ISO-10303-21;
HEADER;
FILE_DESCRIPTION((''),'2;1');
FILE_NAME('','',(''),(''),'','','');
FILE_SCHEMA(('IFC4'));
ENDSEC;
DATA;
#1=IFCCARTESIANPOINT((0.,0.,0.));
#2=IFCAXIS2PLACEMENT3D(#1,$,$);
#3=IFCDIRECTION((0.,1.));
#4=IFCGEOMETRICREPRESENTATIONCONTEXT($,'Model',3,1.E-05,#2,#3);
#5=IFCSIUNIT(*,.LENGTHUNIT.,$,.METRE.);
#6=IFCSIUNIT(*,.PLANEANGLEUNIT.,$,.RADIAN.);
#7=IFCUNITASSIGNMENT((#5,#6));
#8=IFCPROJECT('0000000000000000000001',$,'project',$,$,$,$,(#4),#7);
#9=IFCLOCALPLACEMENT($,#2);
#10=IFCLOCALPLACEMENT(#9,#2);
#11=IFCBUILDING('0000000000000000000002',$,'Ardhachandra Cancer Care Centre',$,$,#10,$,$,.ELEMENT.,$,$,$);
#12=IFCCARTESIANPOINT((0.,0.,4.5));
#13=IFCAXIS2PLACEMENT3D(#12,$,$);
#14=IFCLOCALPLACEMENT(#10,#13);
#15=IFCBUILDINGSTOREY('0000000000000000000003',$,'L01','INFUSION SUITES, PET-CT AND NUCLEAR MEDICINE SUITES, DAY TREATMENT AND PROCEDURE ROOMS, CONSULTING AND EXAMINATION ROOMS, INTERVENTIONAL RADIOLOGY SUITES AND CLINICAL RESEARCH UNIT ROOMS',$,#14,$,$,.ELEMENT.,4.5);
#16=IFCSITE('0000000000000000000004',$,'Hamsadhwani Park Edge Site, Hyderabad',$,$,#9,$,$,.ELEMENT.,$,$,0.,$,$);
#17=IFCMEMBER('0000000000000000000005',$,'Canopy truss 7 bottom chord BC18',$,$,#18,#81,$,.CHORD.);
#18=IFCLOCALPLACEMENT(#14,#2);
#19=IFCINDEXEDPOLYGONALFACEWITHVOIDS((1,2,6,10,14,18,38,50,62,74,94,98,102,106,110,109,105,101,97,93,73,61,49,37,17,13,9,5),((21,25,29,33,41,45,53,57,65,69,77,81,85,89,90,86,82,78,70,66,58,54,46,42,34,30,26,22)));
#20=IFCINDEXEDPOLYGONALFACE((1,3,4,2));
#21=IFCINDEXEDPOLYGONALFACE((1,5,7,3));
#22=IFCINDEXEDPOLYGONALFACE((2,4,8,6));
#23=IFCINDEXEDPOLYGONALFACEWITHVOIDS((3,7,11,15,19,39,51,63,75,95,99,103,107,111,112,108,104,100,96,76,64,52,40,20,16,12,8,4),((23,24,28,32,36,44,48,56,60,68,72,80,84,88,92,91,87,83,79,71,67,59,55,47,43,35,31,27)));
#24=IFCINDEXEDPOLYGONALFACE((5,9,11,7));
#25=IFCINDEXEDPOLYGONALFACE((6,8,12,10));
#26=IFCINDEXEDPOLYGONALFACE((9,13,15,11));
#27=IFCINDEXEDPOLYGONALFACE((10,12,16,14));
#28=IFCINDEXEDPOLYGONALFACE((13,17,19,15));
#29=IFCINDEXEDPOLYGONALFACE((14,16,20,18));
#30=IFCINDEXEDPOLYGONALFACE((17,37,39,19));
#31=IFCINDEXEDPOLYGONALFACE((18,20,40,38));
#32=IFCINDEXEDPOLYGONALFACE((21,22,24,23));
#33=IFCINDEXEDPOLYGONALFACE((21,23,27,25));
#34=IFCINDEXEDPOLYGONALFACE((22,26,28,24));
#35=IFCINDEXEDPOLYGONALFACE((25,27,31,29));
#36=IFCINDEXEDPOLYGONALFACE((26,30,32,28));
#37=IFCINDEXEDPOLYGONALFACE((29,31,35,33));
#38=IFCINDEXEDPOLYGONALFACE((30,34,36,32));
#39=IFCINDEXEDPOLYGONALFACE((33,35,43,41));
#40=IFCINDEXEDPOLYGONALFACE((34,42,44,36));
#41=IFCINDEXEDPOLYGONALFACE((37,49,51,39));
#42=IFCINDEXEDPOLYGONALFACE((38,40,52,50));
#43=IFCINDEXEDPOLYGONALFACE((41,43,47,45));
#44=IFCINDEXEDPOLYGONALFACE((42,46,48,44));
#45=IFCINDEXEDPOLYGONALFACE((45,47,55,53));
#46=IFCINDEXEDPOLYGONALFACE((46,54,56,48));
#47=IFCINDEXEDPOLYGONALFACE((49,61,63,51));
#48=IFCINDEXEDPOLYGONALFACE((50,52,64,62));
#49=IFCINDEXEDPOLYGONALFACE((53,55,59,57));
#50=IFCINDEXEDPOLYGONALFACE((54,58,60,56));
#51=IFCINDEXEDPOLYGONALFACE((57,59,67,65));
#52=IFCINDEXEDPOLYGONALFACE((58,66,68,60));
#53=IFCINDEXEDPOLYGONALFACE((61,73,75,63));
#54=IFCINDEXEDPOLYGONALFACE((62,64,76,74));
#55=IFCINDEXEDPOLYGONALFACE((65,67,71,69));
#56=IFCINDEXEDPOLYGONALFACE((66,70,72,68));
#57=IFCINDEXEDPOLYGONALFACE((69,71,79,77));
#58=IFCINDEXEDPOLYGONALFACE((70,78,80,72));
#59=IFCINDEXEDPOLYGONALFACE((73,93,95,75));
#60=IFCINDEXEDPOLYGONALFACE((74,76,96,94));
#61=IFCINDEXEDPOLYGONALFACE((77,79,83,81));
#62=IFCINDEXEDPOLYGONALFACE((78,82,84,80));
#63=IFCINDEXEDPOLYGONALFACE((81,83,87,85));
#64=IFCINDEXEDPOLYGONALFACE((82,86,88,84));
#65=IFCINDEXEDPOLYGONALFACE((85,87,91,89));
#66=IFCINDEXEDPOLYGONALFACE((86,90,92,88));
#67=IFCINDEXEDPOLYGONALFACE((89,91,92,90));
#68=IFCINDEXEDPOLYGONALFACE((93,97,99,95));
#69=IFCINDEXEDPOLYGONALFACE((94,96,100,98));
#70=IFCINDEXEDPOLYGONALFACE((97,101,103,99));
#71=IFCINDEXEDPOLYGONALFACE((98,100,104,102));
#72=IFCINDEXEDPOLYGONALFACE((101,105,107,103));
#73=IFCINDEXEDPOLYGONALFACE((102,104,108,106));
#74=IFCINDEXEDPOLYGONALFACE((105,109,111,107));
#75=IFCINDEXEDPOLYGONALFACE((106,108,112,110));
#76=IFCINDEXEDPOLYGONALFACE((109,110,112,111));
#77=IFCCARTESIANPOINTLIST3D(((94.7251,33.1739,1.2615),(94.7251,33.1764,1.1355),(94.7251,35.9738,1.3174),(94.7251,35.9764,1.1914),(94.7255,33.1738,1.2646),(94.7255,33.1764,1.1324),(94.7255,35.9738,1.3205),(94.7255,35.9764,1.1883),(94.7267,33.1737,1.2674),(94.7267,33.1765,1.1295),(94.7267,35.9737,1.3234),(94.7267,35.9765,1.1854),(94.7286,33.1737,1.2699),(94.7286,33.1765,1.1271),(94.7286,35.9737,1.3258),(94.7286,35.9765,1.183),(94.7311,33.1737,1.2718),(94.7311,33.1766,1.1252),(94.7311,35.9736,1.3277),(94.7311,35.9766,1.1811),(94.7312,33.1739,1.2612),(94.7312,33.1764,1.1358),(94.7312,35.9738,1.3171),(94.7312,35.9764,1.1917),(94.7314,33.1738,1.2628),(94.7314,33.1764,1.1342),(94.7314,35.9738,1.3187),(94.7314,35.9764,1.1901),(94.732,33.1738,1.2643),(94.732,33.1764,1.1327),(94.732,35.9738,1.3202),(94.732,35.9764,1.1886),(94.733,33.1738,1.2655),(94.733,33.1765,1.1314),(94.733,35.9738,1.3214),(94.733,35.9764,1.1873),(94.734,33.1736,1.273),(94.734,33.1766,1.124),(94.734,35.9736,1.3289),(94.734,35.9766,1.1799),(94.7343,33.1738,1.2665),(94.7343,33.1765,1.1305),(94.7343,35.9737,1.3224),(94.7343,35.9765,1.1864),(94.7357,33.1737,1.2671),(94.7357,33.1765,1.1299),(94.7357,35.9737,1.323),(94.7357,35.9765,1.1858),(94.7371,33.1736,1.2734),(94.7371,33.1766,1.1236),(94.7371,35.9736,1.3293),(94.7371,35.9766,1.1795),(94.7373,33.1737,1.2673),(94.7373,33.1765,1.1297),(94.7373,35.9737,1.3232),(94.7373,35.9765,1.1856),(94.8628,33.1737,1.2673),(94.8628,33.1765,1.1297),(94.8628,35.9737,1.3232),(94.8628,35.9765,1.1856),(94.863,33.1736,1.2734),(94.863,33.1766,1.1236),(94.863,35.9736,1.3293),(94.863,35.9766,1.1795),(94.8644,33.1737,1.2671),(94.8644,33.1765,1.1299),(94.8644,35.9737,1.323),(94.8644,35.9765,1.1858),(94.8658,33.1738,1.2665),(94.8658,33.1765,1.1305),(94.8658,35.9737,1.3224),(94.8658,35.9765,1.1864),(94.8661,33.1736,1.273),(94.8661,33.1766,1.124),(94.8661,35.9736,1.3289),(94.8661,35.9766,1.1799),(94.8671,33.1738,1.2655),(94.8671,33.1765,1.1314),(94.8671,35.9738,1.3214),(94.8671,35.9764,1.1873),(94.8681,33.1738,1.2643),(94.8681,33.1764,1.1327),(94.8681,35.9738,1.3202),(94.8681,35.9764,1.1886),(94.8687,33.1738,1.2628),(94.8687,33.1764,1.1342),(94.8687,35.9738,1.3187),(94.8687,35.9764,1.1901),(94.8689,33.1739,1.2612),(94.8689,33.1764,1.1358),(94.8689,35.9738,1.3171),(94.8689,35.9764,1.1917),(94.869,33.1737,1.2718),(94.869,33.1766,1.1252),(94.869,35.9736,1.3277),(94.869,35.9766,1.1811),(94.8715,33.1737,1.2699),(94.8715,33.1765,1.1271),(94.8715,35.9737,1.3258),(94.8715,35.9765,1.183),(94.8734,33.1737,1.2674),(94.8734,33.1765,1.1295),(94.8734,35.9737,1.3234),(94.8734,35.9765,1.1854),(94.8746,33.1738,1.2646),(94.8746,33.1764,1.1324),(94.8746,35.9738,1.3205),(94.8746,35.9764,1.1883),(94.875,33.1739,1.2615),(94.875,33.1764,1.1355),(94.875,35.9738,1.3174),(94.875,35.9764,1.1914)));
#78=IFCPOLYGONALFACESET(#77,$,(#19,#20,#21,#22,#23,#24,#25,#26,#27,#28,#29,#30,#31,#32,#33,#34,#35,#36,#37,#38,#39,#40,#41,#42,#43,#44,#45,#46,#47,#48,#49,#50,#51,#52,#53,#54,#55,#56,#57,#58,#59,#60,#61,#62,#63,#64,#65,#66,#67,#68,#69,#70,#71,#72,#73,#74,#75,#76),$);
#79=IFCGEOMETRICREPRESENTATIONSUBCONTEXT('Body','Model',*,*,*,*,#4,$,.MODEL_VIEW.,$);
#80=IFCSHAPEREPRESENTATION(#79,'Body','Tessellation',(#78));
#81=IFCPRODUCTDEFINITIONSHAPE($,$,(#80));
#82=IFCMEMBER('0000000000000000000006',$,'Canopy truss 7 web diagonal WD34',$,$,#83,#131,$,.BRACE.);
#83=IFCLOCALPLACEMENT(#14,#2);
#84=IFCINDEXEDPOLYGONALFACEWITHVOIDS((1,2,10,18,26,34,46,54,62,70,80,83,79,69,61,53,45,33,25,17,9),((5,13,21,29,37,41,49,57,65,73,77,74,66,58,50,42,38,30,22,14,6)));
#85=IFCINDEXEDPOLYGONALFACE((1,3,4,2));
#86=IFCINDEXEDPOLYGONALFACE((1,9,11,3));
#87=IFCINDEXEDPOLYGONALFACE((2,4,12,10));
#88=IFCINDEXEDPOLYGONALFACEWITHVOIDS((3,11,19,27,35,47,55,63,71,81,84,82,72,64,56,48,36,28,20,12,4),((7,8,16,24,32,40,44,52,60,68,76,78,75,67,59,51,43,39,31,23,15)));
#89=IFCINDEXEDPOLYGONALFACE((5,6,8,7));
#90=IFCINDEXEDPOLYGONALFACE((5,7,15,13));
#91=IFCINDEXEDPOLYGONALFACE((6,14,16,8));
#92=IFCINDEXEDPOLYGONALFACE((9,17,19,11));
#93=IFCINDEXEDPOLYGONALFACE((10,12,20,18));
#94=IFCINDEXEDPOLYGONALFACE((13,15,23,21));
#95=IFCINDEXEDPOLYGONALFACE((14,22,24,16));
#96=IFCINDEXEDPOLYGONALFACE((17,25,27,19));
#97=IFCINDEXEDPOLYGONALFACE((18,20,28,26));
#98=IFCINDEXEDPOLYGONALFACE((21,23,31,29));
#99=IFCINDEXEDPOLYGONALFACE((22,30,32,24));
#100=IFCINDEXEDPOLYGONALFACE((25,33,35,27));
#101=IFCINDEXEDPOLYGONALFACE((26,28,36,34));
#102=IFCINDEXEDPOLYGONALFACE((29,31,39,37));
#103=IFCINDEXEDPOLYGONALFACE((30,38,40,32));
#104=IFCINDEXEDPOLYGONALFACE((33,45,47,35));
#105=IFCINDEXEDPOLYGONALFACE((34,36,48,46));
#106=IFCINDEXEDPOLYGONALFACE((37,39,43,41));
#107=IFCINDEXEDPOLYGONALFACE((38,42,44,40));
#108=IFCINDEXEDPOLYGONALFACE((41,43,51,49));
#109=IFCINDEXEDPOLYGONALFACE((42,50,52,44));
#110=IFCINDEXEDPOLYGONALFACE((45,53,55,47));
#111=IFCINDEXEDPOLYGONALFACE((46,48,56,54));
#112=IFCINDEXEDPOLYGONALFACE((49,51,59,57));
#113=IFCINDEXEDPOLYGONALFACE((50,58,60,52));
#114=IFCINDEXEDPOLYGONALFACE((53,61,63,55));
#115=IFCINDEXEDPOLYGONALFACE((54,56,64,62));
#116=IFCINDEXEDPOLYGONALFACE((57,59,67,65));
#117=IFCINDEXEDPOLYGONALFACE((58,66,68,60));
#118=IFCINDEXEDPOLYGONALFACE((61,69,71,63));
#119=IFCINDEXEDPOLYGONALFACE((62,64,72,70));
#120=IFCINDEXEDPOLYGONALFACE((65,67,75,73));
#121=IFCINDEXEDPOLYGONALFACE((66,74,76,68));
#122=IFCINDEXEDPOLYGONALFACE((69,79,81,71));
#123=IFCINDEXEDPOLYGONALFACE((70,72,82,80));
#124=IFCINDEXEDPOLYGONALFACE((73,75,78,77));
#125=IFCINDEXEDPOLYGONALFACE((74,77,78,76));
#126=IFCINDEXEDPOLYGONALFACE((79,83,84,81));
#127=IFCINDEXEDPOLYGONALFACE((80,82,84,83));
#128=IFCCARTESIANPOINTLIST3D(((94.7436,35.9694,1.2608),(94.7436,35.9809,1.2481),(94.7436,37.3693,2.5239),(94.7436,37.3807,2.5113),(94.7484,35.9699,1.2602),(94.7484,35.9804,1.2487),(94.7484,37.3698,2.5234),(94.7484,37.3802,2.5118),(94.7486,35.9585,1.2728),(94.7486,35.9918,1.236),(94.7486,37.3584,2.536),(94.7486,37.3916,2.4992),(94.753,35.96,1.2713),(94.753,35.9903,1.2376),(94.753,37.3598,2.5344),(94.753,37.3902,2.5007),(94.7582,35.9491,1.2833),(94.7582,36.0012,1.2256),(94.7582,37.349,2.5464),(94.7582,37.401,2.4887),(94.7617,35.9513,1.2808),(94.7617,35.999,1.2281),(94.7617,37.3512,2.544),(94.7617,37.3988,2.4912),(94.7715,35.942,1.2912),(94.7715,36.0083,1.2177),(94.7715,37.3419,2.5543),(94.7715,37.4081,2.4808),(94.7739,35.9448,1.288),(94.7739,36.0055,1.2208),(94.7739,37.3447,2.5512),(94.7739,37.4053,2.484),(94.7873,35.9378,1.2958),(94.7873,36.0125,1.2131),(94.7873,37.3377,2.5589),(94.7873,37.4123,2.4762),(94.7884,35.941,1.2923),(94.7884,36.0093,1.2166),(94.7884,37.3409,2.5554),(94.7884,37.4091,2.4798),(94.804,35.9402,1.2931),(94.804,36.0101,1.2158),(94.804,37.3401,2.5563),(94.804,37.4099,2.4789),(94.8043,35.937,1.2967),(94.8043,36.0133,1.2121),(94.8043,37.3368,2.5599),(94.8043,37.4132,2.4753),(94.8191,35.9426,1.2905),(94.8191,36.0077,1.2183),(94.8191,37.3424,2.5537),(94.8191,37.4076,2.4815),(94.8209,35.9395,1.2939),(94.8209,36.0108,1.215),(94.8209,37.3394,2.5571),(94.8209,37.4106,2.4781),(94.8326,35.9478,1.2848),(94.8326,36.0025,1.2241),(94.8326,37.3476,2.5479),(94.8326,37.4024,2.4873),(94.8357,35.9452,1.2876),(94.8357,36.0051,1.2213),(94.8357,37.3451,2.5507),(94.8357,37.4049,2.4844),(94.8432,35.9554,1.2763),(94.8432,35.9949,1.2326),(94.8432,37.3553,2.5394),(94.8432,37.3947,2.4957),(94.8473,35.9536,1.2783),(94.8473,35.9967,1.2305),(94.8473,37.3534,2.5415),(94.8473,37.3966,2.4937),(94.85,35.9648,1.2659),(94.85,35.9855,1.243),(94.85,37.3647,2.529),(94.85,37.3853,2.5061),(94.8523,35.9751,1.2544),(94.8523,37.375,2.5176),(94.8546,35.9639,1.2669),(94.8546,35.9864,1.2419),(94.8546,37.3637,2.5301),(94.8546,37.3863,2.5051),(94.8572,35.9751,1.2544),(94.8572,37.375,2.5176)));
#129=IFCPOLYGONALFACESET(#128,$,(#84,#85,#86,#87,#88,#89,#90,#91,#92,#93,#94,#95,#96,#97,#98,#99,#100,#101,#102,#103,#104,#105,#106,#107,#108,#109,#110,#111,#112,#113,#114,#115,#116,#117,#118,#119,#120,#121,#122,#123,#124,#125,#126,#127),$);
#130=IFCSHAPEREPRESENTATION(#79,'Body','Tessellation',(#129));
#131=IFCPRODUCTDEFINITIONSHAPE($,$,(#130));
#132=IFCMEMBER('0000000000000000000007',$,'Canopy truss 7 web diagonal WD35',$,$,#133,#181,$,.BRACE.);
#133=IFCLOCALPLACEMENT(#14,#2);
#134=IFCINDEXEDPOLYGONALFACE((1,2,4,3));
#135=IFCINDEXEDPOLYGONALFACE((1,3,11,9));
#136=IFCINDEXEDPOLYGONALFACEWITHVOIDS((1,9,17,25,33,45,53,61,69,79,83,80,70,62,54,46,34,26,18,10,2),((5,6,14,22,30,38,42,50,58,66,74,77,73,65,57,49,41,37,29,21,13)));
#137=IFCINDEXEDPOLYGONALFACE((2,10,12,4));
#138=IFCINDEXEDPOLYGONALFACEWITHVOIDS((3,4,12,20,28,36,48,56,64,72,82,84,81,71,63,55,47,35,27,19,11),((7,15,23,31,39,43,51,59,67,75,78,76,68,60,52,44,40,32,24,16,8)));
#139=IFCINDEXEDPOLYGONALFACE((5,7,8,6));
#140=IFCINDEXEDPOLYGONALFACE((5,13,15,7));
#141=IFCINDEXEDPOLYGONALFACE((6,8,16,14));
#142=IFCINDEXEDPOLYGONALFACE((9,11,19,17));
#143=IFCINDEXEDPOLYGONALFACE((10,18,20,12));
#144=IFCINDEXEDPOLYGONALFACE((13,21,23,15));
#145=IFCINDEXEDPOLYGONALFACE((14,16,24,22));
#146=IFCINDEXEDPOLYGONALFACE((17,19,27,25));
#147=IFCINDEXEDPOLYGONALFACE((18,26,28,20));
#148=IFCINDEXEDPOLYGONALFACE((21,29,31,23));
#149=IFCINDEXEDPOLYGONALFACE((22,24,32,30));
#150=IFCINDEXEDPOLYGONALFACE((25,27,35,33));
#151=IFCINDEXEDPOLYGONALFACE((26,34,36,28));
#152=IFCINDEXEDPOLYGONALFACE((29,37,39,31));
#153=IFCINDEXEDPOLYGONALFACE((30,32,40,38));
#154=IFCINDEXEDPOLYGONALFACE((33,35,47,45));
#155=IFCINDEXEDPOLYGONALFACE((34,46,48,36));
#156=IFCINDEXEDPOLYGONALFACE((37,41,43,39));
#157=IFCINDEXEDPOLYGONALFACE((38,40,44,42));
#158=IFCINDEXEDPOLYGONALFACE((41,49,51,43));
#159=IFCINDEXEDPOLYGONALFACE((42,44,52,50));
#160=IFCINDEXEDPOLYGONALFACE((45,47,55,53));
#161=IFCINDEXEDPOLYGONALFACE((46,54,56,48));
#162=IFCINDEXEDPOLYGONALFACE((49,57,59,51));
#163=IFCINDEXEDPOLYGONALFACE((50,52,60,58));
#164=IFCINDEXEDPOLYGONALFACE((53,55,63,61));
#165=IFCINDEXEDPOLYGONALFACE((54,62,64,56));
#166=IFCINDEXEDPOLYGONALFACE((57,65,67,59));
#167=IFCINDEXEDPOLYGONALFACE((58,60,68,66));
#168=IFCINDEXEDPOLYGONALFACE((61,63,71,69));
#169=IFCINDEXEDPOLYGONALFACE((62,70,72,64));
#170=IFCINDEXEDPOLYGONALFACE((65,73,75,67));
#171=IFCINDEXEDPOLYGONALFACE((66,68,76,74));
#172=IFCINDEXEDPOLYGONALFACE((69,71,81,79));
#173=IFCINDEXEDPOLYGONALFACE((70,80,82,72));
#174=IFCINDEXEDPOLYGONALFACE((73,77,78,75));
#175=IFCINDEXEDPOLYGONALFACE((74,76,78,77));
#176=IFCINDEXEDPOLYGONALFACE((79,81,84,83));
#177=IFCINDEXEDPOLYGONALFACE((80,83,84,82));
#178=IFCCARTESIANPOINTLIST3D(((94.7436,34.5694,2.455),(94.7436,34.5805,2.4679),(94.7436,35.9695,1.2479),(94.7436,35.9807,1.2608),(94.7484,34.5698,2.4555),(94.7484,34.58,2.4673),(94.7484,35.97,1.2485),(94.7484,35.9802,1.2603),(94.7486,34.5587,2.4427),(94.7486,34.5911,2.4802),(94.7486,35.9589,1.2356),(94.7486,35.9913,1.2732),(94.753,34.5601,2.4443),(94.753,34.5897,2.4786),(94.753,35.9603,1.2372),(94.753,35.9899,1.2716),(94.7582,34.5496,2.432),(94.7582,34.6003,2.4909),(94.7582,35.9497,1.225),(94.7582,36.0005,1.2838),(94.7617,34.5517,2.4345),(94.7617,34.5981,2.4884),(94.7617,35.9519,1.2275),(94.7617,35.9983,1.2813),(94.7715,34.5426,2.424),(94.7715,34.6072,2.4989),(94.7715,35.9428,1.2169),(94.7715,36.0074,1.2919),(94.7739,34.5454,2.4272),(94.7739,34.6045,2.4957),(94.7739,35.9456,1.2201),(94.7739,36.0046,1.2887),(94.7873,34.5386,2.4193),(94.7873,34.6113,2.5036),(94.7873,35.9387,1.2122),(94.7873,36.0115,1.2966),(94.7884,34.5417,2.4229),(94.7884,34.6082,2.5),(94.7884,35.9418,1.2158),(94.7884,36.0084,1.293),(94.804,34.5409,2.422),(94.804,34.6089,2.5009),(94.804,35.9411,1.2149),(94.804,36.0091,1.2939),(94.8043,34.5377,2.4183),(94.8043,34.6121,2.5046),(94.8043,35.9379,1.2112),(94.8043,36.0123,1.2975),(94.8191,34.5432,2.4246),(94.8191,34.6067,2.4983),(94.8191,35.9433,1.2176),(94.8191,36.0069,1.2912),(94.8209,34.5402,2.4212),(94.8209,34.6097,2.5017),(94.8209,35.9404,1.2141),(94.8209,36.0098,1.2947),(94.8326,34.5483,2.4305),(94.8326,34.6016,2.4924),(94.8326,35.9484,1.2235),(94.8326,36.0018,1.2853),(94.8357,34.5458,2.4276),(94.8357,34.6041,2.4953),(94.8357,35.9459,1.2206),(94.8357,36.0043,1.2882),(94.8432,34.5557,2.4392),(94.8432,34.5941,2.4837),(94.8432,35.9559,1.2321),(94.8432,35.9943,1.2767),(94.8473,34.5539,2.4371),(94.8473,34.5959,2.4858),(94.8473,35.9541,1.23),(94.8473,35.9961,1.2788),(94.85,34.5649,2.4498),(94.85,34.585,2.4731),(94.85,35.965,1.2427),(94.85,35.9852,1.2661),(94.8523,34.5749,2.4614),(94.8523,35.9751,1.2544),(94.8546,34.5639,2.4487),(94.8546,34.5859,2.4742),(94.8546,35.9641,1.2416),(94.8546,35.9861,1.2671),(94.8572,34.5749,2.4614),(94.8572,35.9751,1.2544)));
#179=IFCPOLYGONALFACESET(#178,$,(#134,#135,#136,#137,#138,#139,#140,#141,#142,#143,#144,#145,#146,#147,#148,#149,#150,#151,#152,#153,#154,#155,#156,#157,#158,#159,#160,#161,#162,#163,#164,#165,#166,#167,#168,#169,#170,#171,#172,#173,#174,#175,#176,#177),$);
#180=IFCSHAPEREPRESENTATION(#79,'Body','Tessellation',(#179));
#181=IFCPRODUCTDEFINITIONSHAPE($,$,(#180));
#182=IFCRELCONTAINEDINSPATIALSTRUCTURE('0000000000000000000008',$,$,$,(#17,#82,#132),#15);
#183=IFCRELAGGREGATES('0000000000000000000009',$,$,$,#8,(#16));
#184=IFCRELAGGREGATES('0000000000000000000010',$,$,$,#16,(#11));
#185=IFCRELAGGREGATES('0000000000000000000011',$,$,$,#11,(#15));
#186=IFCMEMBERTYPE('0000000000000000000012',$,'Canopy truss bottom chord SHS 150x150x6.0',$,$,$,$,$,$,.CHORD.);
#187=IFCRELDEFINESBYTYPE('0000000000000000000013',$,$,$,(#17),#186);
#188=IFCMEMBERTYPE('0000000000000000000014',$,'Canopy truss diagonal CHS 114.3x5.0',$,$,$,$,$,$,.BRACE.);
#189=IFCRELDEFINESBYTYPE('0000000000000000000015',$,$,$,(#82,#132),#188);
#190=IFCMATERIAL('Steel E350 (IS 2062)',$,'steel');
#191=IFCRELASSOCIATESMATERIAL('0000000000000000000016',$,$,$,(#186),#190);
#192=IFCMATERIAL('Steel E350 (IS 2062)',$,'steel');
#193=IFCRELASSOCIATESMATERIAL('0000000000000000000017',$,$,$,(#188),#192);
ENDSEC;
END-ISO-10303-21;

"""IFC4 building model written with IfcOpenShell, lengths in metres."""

from ifc_helpers import new_model, si_unit, direction, frame, origin, origin_2d, place, context, subcontext, project, spatial, hollow_rectangle, hollow_circle, extrude, material, material_profile, profile_set, type_object, element, save


model = new_model("IFC4")

# Units and contexts
model_context = context("Model", 3, precision=1e-05, world=origin(), true_north=direction((0.0, 1.0)))
body_context = subcontext(model_context, "Body", "Model", "MODEL_VIEW")
ifc_project = project(units=[si_unit("LENGTHUNIT", "METRE"), si_unit("PLANEANGLEUNIT", "RADIAN")], contexts=[model_context])

# Site, building, storey
site_placement = place(None, origin())
site = spatial("IfcSite", under=ifc_project, at=site_placement, Name="Hamsadhwani Park Edge Site, Hyderabad", CompositionType="ELEMENT", RefElevation=0.0)
building_placement = place(site_placement, origin())
building = spatial("IfcBuilding", under=site, at=building_placement, Name="Ardhachandra Cancer Care Centre", CompositionType="ELEMENT")
storey_placement = place(building_placement, frame((0.0, 0.0, 4.5)))
storey = spatial("IfcBuildingStorey", under=building, at=storey_placement, Name="L01", Description="INFUSION SUITES, PET-CT AND NUCLEAR MEDICINE SUITES, DAY TREATMENT AND PROCEDURE ROOMS, CONSULTING AND EXAMINATION ROOMS, INTERVENTIONAL RADIOLOGY SUITES AND CLINICAL RESEARCH UNIT ROOMS", CompositionType="ELEMENT", Elevation=4.5)

# Members
ifc_material_1 = material(Name="Steel E350 (IS 2062)", Category="steel")
ifc_material_profile_1 = material_profile(ifc_material_1, hollow_rectangle(XDim=0.1499, YDim=0.1499, WallThickness=0.0061, InnerFilletRadius=0.0061, OuterFilletRadius=0.012, at=origin_2d()), Name="SHS 150x150x6.0")
ifc_profile_set_1 = profile_set([ifc_material_profile_1], Name="Steel E350 (IS 2062)")
member_type_1 = type_object("IfcMemberType", Name="Canopy truss bottom chord SHS 150x150x6.0", PredefinedType="CHORD", material=ifc_profile_set_1)
member_1_placement = place(storey_placement, frame((94.8, 35.9751, 1.2544), z_axis=(0.0, -0.999801, -0.019963), x_axis=(1.0, 0.0, 0.0)))
element("IfcMember", 1, at=member_1_placement, inside=storey, type_object=member_type_1, Name="Canopy truss 7 bottom chord BC18", PredefinedType="CHORD", context=body_context, shape_type="SweptSolid", body=[
    extrude(hollow_rectangle(XDim=0.1499, YDim=0.1499, WallThickness=0.0061, InnerFilletRadius=0.0061, OuterFilletRadius=0.012, at=origin_2d()), origin(), (0.0, 0.0, 1.0), 2.8005),
])
ifc_material_2 = material(Name="Steel E350 (IS 2062)", Category="steel")
ifc_material_profile_2 = material_profile(ifc_material_2, hollow_circle(Radius=0.0571, WallThickness=0.0049, at=origin_2d()), Name="CHS 114.3x5.0")
ifc_profile_set_2 = profile_set([ifc_material_profile_2], Name="Steel E350 (IS 2062)")
member_type_2 = type_object("IfcMemberType", Name="Canopy truss diagonal CHS 114.3x5.0", PredefinedType="BRACE", material=ifc_profile_set_2)
member_2_placement = place(storey_placement, frame((94.8, 37.375, 2.5176), z_axis=(0.0, -0.742431, -0.669923), x_axis=(1.0, 0.0, 0.0)))
element("IfcMember", 2, at=member_2_placement, inside=storey, type_object=member_type_2, Name="Canopy truss 7 web diagonal WD34", PredefinedType="BRACE", context=body_context, shape_type="SweptSolid", body=[
    extrude(hollow_circle(Radius=0.0571, WallThickness=0.0049, at=origin_2d()), origin(), (0.0, 0.0, 1.0), 1.8855),
])
member_3_placement = place(storey_placement, frame((94.8, 35.9751, 1.2544), z_axis=(0.0, -0.757408, 0.652942), x_axis=(1.0, 0.0, 0.0)))
element("IfcMember", 3, at=member_3_placement, inside=storey, type_object=member_type_2, Name="Canopy truss 7 web diagonal WD35", PredefinedType="BRACE", context=body_context, shape_type="SweptSolid", body=[
    extrude(hollow_circle(Radius=0.0571, WallThickness=0.0049, at=origin_2d()), origin(), (0.0, 0.0, 1.0), 1.8486),
])

save(model, "model.ifc")
